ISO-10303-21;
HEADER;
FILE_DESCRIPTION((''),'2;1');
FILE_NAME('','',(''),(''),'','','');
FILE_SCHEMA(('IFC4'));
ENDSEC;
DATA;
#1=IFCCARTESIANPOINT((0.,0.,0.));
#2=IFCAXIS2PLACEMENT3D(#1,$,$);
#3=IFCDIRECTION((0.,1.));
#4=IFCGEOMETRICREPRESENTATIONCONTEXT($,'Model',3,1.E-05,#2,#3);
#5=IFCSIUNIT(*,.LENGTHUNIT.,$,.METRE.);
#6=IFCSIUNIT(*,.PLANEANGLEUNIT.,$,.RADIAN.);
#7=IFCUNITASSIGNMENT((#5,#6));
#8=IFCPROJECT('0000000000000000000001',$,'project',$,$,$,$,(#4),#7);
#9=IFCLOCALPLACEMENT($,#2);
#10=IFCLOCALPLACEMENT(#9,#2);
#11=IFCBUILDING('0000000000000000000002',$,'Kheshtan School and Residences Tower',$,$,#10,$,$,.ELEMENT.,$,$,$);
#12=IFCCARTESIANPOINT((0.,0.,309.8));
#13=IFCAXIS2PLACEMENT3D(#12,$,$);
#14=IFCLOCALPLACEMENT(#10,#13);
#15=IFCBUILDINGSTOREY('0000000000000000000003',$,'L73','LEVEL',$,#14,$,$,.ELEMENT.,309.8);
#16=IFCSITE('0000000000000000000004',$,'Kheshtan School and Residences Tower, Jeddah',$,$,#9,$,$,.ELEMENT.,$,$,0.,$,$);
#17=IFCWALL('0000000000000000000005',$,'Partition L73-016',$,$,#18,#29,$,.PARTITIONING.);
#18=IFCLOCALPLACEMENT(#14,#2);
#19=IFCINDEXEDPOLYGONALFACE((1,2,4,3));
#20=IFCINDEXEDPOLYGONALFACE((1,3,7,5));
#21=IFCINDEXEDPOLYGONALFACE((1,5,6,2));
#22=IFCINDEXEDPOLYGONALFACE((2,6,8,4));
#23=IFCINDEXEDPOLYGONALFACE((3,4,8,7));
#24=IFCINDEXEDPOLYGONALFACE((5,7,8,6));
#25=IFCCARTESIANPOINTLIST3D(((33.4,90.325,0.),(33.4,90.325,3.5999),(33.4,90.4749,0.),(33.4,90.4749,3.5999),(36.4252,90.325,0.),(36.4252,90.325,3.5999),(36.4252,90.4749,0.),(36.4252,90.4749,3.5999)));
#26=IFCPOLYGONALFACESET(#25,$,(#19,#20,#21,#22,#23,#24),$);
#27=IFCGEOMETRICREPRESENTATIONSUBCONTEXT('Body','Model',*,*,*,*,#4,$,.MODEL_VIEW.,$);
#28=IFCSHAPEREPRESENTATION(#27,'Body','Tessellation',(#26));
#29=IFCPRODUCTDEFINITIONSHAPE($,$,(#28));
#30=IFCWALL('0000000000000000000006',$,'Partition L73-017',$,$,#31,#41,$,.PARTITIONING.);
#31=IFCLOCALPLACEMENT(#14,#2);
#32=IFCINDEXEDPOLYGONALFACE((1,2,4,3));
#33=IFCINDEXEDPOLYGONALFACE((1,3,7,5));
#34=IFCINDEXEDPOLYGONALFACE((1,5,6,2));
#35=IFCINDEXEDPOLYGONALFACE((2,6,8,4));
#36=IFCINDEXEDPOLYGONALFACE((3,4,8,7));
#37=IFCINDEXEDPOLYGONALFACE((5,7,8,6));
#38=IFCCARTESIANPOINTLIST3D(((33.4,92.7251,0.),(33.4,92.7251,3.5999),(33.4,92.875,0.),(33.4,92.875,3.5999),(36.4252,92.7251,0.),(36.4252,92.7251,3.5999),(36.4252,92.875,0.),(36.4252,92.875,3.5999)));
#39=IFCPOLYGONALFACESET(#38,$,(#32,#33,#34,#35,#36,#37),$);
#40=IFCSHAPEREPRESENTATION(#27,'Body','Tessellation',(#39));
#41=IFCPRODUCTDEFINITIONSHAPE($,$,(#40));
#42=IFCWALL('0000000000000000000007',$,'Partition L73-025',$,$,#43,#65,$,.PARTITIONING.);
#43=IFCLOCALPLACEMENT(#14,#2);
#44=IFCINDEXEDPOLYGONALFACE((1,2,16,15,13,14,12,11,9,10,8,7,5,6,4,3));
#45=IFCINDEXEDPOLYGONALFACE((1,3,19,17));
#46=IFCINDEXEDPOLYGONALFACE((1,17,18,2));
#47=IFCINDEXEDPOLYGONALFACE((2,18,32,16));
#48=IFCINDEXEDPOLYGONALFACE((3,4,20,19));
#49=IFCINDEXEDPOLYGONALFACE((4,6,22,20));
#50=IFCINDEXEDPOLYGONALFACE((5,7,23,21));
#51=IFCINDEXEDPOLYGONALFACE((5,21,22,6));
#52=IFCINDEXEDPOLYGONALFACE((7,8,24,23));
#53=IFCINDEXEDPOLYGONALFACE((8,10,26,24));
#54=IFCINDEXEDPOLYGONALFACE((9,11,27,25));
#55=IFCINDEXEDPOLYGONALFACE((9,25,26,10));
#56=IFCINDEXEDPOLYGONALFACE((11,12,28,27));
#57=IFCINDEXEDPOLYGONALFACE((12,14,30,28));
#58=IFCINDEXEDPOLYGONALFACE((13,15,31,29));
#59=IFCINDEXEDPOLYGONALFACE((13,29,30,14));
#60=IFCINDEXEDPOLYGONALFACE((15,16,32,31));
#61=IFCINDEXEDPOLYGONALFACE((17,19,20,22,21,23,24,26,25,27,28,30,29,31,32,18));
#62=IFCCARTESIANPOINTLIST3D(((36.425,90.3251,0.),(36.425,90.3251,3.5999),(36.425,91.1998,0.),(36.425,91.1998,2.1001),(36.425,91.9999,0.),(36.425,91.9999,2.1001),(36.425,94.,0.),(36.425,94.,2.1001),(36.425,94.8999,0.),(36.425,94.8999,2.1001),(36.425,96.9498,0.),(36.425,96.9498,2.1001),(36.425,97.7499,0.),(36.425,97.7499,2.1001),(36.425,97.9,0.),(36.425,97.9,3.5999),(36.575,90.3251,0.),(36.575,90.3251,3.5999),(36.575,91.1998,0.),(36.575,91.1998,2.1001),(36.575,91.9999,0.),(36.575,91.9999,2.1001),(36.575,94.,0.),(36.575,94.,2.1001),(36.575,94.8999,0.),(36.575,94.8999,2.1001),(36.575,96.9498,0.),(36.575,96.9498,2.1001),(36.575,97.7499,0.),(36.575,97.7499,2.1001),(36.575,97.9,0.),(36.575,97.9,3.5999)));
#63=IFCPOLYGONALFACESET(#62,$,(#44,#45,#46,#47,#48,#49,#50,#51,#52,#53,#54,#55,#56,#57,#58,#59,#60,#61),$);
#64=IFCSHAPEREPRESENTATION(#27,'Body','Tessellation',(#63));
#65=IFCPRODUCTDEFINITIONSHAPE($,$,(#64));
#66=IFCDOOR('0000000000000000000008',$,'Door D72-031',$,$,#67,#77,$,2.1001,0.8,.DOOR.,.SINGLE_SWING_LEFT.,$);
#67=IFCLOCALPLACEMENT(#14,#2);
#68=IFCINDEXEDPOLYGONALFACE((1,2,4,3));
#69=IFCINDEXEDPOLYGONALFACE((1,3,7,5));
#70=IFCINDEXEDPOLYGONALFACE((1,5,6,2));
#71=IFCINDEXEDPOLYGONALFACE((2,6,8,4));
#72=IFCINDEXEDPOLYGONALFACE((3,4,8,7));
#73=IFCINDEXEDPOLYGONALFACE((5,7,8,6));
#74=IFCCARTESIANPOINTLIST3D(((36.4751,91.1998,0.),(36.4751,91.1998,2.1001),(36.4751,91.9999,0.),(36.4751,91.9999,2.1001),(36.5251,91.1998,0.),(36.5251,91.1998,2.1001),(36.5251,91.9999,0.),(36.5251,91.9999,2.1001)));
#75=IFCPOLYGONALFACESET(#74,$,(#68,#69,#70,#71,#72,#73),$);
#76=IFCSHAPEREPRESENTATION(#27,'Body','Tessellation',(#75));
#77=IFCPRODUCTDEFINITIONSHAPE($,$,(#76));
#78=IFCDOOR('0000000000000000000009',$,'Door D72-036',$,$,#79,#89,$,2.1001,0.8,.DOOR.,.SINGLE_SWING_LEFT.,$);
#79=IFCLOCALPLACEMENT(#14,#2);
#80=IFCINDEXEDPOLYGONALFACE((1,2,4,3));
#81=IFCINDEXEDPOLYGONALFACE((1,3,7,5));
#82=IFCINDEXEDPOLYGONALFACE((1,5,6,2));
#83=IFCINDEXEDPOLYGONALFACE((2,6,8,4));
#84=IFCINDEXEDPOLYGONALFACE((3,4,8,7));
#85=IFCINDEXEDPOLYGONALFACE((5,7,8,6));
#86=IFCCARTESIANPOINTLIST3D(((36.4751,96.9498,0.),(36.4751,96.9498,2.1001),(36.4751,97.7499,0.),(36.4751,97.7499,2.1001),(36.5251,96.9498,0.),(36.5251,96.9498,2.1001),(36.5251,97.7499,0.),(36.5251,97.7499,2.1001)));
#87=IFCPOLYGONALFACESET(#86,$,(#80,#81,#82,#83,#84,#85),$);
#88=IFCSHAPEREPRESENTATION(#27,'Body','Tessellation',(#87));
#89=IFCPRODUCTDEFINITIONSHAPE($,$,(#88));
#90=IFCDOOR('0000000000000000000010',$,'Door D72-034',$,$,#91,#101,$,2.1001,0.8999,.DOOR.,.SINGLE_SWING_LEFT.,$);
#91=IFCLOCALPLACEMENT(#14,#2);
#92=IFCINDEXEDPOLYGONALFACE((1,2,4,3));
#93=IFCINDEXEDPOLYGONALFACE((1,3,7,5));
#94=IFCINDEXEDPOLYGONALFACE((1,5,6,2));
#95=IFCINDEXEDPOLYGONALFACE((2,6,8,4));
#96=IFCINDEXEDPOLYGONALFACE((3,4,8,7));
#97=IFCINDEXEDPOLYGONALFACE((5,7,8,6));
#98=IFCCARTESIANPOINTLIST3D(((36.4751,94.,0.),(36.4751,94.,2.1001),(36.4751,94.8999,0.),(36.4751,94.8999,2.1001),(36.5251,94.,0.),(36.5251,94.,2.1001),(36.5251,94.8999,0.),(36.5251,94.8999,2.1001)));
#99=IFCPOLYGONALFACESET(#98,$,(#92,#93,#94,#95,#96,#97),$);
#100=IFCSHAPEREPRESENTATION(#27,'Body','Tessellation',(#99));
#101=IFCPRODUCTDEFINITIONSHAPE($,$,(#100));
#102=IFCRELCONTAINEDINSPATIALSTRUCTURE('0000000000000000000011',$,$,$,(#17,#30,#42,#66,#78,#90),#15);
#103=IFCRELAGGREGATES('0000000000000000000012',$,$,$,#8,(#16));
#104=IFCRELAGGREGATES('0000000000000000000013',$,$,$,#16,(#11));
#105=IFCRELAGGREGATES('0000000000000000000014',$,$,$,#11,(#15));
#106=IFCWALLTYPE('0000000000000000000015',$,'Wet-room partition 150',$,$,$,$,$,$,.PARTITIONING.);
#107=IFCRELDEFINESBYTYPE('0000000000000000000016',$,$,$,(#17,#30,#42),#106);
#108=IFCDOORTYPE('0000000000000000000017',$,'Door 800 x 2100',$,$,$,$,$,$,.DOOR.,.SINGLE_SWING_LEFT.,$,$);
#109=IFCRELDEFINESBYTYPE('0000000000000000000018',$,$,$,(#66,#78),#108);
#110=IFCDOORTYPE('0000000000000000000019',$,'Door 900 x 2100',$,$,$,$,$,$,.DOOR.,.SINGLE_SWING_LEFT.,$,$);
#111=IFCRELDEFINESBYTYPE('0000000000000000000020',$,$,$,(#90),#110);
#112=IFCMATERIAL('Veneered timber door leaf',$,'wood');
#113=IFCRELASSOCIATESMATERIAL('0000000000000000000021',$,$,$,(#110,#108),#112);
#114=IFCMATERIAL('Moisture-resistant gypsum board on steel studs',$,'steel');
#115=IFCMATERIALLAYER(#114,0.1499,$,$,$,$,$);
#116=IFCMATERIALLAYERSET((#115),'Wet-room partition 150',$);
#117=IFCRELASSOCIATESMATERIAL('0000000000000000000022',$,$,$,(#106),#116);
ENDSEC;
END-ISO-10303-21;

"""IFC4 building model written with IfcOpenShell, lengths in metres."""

from ifc_helpers import new_model, si_unit, direction, frame, frame_2d, origin, place, context, subcontext, project, spatial, rectangle, extrude, source, transform, mapped, material, layer, layer_set, type_object, element, fill, save


model = new_model("IFC4")

# Units and contexts
model_context = context("Model", 3, precision=1e-05, world=origin(), true_north=direction((0.0, 1.0)))
body_context = subcontext(model_context, "Body", "Model", "MODEL_VIEW")
ifc_project = project(units=[si_unit("LENGTHUNIT", "METRE"), si_unit("PLANEANGLEUNIT", "RADIAN")], contexts=[model_context])

# Site, building, storey
site_placement = place(None, origin())
site = spatial("IfcSite", under=ifc_project, at=site_placement, Name="Kheshtan School and Residences Tower, Jeddah", CompositionType="ELEMENT", RefElevation=0.0)
building_placement = place(site_placement, origin())
building = spatial("IfcBuilding", under=site, at=building_placement, Name="Kheshtan School and Residences Tower", CompositionType="ELEMENT")
storey_placement = place(building_placement, frame((0.0, 0.0, 309.8)))
storey = spatial("IfcBuildingStorey", under=building, at=storey_placement, Name="L73", Description="LEVEL", CompositionType="ELEMENT", Elevation=309.8)

# Shared definitions
ifc_material_1 = material(Name="Veneered timber door leaf", Category="wood")
door_type_1 = type_object("IfcDoorType", Name="Door 900 x 2100", OperationType="SINGLE_SWING_LEFT", PredefinedType="DOOR", material=ifc_material_1)
shared_shape_1 = source(origin(), body_context, "Body", "SweptSolid", [
    extrude(rectangle(XDim=0.8999, YDim=2.1001, at=frame_2d((0.45, 1.05))), frame((0.0, 0.0249, 0.0), z_axis=(0.0, -1.0, 0.0), x_axis=(1.0, 0.0, 0.0)), (0.0, 0.0, 1.0), 0.05),
])

# Walls
ifc_material_2 = material(Name="Moisture-resistant gypsum board on steel studs", Category="steel")
ifc_layer_1 = layer(ifc_material_2, 0.1499)
ifc_layer_set_1 = layer_set([ifc_layer_1], Name="Wet-room partition 150")
wall_type_1 = type_object("IfcWallType", Name="Wet-room partition 150", PredefinedType="PARTITIONING", material=ifc_layer_set_1)
for number, where, z_axis, x_axis, name in (
    (1, (33.3999, 90.3999, 0.0), (0.0, 0.0, 1.0), (1.0, 0.0, 0.0), "Partition L73-016"),
    (2, (33.3999, 92.8, 0.0), (0.0, 0.0, 1.0), (1.0, 0.0, 0.0), "Partition L73-017"),
):
    element("IfcWall", number, at=place(storey_placement, frame(where, z_axis=z_axis, x_axis=x_axis)), inside=storey, type_object=wall_type_1, Name=name, PredefinedType="PARTITIONING", context=body_context, shape_type="SweptSolid", body=[
        extrude(rectangle(XDim=3.0251, YDim=0.1499, at=frame_2d((1.5127, 0.0))), origin(), (0.0, 0.0, 1.0), 3.5999),
    ])

# Wall, openings, doors
wall_1_placement = place(storey_placement, frame((36.5, 90.325, 0.0), z_axis=(0.0, 0.0, 1.0), x_axis=(0.0, 1.0, 0.0)))
wall_1 = element("IfcWall", 3, at=wall_1_placement, inside=storey, type_object=wall_type_1, Name="Partition L73-025", PredefinedType="PARTITIONING", context=body_context, shape_type="SweptSolid", body=[
    extrude(rectangle(XDim=7.575, YDim=0.1499, at=frame_2d((3.7876, 0.0))), origin(), (0.0, 0.0, 1.0), 3.5999),
])
opening_1_placement = place(wall_1_placement, frame((0.875, 0.0, 0.0)))
opening_1 = element("IfcOpeningElement", 4, at=opening_1_placement, cuts=wall_1, PredefinedType="OPENING", context=body_context, shape_type="SweptSolid", body=[
    extrude(rectangle(XDim=0.8, YDim=2.1001, at=frame_2d((0.3999, 1.05))), frame((0.0, 0.085, 0.0), z_axis=(0.0, -1.0, 0.0), x_axis=(1.0, 0.0, 0.0)), (0.0, 0.0, 1.0), 0.1699),
])
opening_2_placement = place(wall_1_placement, frame((3.675, 0.0, 0.0)))
opening_2 = element("IfcOpeningElement", 5, at=opening_2_placement, cuts=wall_1, PredefinedType="OPENING", context=body_context, shape_type="SweptSolid", body=[
    extrude(rectangle(XDim=0.8999, YDim=2.1001, at=frame_2d((0.45, 1.05))), frame((0.0, 0.085, 0.0), z_axis=(0.0, -1.0, 0.0), x_axis=(1.0, 0.0, 0.0)), (0.0, 0.0, 1.0), 0.1699),
])
opening_3_placement = place(wall_1_placement, frame((6.625, 0.0, 0.0)))
opening_3 = element("IfcOpeningElement", 6, at=opening_3_placement, cuts=wall_1, PredefinedType="OPENING", context=body_context, shape_type="SweptSolid", body=[
    extrude(rectangle(XDim=0.8, YDim=2.1001, at=frame_2d((0.3999, 1.05))), frame((0.0, 0.085, 0.0), z_axis=(0.0, -1.0, 0.0), x_axis=(1.0, 0.0, 0.0)), (0.0, 0.0, 1.0), 0.1699),
])
door_type_2 = type_object("IfcDoorType", Name="Door 800 x 2100", OperationType="SINGLE_SWING_LEFT", PredefinedType="DOOR", material=ifc_material_1)
shared_shape_2 = source(origin(), body_context, "Body", "SweptSolid", [
    extrude(rectangle(XDim=0.8, YDim=2.1001, at=frame_2d((0.3999, 1.05))), frame((0.0, 0.0249, 0.0), z_axis=(0.0, -1.0, 0.0), x_axis=(1.0, 0.0, 0.0)), (0.0, 0.0, 1.0), 0.05),
])
door_1_placement = place(opening_1_placement, origin())
door_1 = element("IfcDoor", 7, at=door_1_placement, inside=storey, type_object=door_type_2, Name="Door D72-031", OperationType="SINGLE_SWING_LEFT", OverallHeight=2.1001, OverallWidth=0.8, PredefinedType="DOOR", context=body_context, shape_type="MappedRepresentation", body=[
    mapped(shared_shape_2, transform((0.0, 0.0, 0.0), x_axis=(1.0, 0.0, 0.0), y_axis=(0.0, 1.0, 0.0), z_axis=(0.0, 0.0, 1.0), scale=1.0)),
])
fill(opening_1, door_1)
door_2_placement = place(opening_3_placement, origin())
door_2 = element("IfcDoor", 8, at=door_2_placement, inside=storey, type_object=door_type_2, Name="Door D72-036", OperationType="SINGLE_SWING_LEFT", OverallHeight=2.1001, OverallWidth=0.8, PredefinedType="DOOR", context=body_context, shape_type="MappedRepresentation", body=[
    mapped(shared_shape_2, transform((0.0, 0.0, 0.0), x_axis=(1.0, 0.0, 0.0), y_axis=(0.0, 1.0, 0.0), z_axis=(0.0, 0.0, 1.0), scale=1.0)),
])
fill(opening_3, door_2)
door_3_placement = place(opening_2_placement, origin())
door_3 = element("IfcDoor", 9, at=door_3_placement, inside=storey, type_object=door_type_1, Name="Door D72-034", OperationType="SINGLE_SWING_LEFT", OverallHeight=2.1001, OverallWidth=0.8999, PredefinedType="DOOR", context=body_context, shape_type="MappedRepresentation", body=[
    mapped(shared_shape_1, transform((0.0, 0.0, 0.0), x_axis=(1.0, 0.0, 0.0), y_axis=(0.0, 1.0, 0.0), z_axis=(0.0, 0.0, 1.0), scale=1.0)),
])
fill(opening_2, door_3)

save(model, "model.ifc")
